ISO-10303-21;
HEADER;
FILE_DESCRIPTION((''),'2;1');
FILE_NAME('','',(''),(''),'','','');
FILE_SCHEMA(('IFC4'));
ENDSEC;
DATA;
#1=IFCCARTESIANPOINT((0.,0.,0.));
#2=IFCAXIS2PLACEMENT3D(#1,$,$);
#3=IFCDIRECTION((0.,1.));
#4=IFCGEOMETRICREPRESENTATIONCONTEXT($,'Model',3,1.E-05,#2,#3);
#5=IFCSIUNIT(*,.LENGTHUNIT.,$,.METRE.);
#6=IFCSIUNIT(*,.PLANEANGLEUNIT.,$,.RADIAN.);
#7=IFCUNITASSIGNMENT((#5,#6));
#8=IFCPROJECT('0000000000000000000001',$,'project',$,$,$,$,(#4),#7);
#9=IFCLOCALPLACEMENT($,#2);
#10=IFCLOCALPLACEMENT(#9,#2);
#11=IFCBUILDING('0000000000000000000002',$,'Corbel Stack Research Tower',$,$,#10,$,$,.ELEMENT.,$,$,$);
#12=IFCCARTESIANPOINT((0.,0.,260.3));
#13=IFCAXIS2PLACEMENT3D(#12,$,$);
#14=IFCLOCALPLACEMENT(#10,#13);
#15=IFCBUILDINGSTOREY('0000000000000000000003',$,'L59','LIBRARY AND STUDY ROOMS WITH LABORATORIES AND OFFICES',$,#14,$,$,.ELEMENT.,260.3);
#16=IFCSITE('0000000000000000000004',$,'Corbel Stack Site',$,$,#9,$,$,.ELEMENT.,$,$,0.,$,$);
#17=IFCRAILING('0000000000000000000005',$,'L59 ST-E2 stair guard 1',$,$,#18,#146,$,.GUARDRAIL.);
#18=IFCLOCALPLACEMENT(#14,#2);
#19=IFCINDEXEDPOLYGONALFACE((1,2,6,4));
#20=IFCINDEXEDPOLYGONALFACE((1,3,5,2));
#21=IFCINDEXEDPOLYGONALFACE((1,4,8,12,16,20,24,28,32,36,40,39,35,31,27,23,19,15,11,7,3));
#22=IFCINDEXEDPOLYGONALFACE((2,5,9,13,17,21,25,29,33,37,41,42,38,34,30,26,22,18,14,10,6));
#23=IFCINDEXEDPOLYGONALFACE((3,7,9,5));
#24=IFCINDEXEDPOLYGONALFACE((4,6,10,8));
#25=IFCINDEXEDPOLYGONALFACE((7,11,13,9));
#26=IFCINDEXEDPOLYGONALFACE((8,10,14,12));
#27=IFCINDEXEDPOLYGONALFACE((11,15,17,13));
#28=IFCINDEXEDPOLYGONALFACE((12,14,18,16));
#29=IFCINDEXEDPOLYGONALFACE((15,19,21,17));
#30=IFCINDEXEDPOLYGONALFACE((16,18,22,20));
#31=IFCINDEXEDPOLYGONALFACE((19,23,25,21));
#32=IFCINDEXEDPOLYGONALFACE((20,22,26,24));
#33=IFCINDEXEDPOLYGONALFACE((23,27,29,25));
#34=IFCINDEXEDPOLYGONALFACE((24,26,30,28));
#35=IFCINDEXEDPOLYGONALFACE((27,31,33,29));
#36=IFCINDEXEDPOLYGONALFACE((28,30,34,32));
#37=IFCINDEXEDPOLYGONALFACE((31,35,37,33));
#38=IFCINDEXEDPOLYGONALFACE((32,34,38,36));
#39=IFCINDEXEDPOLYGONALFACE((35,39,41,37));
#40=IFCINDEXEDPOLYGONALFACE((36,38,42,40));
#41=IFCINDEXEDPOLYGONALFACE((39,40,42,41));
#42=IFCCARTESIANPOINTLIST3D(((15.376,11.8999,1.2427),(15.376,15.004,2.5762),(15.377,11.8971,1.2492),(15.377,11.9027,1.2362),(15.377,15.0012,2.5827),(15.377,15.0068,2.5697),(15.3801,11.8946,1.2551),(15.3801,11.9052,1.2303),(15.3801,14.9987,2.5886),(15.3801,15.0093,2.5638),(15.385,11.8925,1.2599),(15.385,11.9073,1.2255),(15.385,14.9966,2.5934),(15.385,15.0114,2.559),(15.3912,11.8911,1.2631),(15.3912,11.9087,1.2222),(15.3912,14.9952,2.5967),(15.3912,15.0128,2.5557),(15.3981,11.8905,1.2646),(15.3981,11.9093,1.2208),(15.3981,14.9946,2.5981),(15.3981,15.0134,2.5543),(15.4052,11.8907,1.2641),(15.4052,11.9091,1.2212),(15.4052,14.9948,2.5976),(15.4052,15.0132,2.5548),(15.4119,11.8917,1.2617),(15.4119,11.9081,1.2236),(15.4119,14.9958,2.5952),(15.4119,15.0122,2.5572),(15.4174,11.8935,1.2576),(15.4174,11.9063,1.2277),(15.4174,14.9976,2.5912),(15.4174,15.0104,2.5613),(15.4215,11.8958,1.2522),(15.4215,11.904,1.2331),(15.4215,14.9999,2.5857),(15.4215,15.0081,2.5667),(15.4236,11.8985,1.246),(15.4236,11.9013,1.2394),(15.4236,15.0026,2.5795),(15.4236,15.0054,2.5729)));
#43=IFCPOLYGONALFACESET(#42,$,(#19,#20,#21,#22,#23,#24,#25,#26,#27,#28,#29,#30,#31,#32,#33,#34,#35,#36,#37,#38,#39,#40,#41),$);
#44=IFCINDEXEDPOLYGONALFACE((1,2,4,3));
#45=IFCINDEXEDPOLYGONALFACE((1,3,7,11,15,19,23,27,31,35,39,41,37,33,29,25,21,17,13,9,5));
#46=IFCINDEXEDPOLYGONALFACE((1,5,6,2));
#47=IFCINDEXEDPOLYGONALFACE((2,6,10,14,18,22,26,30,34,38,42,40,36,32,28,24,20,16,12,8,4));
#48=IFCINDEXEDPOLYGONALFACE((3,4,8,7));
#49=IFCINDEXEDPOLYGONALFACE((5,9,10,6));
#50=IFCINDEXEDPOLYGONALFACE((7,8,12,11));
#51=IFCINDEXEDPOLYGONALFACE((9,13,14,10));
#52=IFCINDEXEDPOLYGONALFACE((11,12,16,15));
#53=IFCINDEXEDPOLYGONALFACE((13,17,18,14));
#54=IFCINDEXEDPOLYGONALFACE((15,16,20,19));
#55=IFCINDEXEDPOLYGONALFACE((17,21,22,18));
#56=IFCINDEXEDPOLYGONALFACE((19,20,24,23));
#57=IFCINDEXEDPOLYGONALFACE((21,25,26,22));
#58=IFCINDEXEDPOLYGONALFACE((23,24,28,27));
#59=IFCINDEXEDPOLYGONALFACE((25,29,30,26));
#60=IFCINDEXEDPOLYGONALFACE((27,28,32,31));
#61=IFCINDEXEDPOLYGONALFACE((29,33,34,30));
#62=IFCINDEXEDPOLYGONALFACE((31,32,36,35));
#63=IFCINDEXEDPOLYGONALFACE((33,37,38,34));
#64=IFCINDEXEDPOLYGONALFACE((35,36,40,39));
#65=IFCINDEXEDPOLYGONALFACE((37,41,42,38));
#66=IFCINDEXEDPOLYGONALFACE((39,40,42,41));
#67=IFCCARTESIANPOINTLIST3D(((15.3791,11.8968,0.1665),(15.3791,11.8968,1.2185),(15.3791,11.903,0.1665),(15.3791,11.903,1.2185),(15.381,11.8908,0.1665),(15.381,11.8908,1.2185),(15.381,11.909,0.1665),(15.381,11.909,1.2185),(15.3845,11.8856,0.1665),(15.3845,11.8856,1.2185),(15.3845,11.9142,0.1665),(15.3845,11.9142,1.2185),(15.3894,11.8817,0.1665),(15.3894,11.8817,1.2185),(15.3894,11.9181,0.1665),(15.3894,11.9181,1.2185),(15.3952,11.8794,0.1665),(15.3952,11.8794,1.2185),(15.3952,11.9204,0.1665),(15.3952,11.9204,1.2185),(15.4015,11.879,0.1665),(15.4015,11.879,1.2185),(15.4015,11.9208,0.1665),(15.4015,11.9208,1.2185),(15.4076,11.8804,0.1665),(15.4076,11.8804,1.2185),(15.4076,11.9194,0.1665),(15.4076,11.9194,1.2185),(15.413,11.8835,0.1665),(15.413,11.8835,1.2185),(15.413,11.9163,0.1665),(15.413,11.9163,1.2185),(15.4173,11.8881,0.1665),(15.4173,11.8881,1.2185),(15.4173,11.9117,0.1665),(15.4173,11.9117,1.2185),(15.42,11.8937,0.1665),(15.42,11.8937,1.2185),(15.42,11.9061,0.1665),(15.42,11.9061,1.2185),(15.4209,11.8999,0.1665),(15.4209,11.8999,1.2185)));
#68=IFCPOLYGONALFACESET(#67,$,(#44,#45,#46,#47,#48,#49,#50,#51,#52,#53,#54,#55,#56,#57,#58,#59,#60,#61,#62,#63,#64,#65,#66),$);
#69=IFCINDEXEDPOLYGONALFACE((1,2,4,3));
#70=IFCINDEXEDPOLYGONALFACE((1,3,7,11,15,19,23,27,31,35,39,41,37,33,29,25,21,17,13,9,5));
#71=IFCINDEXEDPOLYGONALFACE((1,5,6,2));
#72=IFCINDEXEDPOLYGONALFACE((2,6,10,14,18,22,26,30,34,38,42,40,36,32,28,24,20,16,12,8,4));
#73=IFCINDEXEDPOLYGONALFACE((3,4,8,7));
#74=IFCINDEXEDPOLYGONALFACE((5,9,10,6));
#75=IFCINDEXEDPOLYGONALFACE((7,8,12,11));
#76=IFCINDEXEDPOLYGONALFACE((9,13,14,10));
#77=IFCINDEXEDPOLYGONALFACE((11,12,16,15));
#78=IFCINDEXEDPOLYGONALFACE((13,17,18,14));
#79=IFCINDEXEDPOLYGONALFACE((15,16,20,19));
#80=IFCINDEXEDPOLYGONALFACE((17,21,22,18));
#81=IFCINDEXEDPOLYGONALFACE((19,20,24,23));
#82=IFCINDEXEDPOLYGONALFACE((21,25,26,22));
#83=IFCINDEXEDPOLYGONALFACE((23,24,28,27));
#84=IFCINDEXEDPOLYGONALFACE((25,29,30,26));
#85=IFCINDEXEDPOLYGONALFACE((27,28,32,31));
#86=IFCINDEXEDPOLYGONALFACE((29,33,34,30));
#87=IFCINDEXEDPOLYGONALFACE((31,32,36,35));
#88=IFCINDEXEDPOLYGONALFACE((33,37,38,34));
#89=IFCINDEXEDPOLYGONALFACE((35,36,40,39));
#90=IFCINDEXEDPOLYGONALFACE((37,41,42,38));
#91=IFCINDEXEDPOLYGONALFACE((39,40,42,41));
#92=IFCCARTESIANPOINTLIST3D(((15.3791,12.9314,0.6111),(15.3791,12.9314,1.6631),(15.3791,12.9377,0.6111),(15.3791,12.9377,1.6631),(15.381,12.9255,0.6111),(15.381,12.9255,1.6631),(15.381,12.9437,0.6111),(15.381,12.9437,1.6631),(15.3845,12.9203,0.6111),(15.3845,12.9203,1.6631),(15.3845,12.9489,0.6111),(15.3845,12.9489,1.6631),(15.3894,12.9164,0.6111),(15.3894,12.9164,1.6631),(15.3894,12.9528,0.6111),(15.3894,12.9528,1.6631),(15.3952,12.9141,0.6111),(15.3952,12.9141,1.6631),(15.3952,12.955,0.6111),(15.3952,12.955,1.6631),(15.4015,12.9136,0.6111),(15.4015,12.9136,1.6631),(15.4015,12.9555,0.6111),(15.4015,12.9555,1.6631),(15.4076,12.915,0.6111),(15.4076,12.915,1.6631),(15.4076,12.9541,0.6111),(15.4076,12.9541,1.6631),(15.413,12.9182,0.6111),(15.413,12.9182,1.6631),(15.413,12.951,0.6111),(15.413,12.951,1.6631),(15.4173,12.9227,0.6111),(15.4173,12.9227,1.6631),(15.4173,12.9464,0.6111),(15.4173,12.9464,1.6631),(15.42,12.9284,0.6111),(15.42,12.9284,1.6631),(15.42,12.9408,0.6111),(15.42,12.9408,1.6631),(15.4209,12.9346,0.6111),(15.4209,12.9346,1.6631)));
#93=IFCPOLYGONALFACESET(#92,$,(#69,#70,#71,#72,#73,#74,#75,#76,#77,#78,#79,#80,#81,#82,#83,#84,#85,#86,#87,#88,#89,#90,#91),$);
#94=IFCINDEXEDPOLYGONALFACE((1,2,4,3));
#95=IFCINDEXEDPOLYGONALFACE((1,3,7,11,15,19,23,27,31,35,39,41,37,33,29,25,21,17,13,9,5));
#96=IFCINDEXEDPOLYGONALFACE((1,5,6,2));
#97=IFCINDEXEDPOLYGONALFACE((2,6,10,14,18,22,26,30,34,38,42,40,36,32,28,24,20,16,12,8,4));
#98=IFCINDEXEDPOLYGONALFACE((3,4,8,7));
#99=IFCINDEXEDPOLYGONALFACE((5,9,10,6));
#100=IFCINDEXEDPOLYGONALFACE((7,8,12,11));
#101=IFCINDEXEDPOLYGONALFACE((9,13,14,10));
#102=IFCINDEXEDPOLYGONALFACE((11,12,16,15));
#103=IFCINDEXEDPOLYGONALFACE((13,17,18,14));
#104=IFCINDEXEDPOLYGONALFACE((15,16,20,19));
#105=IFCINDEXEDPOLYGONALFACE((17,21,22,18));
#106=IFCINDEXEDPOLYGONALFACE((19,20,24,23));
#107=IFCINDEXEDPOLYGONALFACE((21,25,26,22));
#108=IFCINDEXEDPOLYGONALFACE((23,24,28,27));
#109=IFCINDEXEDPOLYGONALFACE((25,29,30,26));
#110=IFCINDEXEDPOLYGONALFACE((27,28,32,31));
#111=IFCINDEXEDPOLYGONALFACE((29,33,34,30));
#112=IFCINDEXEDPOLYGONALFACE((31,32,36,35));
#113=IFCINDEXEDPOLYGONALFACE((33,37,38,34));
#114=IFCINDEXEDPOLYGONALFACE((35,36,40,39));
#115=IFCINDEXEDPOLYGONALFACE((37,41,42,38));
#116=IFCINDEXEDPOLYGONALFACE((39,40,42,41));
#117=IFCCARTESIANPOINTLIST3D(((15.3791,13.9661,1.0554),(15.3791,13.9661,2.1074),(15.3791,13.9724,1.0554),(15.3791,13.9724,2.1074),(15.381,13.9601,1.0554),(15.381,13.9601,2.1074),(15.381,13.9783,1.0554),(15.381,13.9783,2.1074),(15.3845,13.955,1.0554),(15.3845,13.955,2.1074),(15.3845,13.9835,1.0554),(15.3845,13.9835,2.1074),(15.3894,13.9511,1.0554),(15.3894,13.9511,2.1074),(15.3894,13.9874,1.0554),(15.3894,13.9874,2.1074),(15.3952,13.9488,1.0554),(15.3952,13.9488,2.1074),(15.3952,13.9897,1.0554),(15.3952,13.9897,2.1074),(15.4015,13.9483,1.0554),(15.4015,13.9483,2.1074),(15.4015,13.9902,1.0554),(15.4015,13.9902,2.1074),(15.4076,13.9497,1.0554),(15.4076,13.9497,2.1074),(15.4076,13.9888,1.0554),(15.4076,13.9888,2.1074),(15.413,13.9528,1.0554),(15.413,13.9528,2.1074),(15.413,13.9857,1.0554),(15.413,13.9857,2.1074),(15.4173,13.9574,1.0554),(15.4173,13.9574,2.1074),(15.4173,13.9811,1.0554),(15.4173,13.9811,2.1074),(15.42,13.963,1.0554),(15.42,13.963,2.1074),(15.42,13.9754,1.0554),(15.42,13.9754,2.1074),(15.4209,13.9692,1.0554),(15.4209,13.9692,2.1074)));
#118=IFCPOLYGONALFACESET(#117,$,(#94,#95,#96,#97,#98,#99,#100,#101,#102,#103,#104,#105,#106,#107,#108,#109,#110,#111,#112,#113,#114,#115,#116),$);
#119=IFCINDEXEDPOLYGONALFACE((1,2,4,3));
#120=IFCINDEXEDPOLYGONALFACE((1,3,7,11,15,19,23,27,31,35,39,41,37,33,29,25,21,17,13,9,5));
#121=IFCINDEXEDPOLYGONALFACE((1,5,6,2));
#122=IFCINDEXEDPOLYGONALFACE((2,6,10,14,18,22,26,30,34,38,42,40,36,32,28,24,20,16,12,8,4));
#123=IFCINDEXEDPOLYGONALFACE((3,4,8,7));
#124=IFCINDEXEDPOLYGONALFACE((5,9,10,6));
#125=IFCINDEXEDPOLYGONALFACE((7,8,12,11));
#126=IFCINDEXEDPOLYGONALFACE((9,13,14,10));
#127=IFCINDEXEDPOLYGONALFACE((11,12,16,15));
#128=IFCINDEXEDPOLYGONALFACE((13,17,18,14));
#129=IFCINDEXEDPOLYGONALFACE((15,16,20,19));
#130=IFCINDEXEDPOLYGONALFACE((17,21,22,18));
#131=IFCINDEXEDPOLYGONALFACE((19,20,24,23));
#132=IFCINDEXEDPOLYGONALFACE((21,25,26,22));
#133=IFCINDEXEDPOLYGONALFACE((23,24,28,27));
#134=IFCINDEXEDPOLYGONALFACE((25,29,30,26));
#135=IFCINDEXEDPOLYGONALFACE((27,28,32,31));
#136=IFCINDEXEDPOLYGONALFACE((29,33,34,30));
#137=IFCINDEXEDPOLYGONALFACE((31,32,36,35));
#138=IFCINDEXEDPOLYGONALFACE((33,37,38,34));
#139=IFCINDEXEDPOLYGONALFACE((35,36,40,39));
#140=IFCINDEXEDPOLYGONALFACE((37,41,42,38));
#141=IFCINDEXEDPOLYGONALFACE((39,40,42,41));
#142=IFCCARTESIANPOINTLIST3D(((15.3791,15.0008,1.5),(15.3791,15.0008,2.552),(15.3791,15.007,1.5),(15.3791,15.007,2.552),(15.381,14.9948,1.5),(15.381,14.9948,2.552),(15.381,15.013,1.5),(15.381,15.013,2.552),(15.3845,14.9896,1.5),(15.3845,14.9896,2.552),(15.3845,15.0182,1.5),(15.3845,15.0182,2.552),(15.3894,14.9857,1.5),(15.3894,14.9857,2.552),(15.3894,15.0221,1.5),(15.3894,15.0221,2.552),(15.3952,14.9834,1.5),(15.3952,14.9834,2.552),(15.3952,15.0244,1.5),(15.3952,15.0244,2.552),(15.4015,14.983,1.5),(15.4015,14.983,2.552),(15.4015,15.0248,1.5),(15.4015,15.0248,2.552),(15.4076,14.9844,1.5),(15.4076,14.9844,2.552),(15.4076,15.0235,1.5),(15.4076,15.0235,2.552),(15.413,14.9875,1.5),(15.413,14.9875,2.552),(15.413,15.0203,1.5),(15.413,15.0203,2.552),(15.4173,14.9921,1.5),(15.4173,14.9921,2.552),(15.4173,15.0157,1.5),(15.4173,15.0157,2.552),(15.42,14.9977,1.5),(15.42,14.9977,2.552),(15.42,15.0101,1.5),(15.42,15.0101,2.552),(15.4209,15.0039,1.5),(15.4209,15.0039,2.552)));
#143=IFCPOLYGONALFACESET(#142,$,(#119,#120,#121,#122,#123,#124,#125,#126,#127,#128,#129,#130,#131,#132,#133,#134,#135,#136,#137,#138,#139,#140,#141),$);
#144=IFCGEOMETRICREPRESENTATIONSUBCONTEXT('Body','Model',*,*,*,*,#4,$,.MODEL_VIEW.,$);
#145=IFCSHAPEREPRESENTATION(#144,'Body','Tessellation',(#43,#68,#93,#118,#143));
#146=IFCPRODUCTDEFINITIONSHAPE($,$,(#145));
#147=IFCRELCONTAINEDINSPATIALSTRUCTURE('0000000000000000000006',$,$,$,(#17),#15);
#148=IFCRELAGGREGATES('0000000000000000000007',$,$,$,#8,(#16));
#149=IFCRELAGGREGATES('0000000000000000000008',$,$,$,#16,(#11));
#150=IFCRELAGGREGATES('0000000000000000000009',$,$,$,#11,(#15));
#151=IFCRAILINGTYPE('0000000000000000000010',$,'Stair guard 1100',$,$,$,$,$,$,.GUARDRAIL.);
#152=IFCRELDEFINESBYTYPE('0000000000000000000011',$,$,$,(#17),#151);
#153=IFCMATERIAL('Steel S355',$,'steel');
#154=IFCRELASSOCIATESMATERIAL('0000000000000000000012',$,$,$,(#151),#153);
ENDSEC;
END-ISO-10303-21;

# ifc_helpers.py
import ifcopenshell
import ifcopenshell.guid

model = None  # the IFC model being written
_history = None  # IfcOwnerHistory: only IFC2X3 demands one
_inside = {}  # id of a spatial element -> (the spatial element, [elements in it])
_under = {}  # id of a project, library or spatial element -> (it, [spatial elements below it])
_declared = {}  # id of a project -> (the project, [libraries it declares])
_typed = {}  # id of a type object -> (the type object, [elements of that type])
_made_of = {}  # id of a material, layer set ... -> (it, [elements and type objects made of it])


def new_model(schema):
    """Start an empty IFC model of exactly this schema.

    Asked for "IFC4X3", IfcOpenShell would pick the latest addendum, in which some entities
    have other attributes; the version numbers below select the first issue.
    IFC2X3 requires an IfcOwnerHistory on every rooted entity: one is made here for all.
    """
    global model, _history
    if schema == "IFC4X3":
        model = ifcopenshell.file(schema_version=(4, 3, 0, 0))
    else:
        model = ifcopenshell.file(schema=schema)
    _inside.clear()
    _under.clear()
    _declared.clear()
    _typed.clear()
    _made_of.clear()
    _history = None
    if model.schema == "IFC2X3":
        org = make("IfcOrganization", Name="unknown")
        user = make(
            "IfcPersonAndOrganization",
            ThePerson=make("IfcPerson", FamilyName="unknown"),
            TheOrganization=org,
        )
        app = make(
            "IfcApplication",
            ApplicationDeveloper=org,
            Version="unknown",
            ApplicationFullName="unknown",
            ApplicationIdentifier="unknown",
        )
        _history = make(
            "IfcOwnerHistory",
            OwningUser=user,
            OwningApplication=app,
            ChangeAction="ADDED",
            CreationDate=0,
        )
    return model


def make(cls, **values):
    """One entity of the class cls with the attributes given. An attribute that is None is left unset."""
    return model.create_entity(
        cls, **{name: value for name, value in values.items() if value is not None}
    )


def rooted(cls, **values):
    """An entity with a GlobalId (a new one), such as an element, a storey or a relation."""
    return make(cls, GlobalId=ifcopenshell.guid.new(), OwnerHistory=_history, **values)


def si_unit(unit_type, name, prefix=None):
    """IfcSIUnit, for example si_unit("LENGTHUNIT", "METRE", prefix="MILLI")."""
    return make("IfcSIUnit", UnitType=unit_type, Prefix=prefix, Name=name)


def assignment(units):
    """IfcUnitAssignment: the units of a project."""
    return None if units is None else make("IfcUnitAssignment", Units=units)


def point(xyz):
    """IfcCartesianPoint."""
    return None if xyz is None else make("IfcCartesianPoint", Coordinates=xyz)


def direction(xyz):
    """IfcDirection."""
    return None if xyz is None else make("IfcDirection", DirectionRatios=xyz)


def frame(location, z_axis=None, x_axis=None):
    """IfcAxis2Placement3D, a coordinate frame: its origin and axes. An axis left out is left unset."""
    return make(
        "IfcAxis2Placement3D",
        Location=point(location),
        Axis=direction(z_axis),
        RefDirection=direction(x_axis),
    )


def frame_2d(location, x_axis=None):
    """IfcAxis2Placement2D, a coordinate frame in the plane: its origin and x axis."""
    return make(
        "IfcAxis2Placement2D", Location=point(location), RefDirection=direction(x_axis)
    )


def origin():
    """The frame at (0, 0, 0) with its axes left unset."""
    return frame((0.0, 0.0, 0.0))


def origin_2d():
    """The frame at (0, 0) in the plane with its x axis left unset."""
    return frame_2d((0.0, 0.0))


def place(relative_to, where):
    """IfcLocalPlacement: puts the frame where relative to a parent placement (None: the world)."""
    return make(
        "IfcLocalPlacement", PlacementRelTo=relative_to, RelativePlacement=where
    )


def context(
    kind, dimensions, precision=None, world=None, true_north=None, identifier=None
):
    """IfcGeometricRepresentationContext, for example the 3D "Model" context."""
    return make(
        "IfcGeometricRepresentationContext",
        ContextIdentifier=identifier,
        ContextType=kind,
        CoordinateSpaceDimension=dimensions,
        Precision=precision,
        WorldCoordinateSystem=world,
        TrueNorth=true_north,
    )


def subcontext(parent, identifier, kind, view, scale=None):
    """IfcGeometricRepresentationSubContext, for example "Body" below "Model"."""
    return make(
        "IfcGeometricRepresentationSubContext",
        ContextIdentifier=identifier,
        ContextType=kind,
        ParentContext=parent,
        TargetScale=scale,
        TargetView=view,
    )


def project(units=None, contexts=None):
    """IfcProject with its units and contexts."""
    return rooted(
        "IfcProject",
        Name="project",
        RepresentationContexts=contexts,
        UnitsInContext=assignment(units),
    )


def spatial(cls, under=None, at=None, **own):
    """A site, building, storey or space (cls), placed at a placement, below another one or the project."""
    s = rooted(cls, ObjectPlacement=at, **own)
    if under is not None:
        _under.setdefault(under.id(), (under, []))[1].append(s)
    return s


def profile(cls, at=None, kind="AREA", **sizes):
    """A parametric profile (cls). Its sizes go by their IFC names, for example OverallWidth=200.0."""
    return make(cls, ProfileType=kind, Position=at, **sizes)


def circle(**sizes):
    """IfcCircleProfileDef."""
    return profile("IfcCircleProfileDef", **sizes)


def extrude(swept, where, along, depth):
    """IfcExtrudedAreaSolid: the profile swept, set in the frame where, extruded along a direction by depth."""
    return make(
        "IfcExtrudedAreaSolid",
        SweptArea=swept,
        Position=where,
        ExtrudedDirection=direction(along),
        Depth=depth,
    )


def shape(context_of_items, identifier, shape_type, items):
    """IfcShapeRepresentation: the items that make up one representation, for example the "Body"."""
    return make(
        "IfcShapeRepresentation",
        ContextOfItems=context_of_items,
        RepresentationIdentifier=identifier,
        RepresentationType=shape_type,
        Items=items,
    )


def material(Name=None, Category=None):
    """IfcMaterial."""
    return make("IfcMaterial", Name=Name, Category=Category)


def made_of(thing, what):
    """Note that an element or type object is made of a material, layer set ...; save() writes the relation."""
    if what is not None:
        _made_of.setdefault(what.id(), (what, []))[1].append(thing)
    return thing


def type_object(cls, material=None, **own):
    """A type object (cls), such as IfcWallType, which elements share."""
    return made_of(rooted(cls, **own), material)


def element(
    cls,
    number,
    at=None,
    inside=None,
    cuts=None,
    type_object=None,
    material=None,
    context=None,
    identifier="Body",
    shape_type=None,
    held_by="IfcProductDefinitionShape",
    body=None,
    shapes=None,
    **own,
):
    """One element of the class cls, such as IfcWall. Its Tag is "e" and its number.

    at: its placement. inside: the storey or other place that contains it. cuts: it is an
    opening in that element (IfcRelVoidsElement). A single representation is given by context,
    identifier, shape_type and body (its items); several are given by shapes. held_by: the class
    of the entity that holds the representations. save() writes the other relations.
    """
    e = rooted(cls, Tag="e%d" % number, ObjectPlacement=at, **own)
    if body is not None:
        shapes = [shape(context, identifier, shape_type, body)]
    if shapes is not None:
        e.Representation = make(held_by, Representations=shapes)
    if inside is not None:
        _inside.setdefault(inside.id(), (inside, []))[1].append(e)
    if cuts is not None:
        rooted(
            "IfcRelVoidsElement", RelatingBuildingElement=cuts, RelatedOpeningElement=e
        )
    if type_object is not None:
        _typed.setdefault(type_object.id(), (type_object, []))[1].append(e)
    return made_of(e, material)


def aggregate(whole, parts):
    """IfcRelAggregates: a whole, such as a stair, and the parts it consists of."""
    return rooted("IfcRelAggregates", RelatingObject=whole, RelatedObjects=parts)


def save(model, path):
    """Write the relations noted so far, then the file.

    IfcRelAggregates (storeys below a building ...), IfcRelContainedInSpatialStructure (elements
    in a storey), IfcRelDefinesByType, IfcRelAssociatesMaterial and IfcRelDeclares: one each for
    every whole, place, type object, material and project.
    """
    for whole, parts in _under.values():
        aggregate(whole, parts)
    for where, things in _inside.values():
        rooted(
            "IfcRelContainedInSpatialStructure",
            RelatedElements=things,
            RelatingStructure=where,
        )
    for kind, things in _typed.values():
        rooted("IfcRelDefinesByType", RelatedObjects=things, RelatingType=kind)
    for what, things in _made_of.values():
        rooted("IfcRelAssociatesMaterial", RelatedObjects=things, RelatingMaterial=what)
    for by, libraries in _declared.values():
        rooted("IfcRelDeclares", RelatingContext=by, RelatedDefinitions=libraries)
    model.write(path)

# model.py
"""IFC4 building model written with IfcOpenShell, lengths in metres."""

from ifc_helpers import new_model, si_unit, direction, frame, origin, origin_2d, place, context, subcontext, project, spatial, circle, extrude, material, type_object, element, save


model = new_model("IFC4")

# Units and contexts
model_context = context("Model", 3, precision=1e-05, world=origin(), true_north=direction((0.0, 1.0)))
body_context = subcontext(model_context, "Body", "Model", "MODEL_VIEW")
ifc_project = project(units=[si_unit("LENGTHUNIT", "METRE"), si_unit("PLANEANGLEUNIT", "RADIAN")], contexts=[model_context])

# Site, building, storey
site_placement = place(None, origin())
site = spatial("IfcSite", under=ifc_project, at=site_placement, Name="Corbel Stack Site", CompositionType="ELEMENT", RefElevation=0.0)
building_placement = place(site_placement, origin())
building = spatial("IfcBuilding", under=site, at=building_placement, Name="Corbel Stack Research Tower", CompositionType="ELEMENT")
storey_placement = place(building_placement, frame((0.0, 0.0, 260.3)))
storey = spatial("IfcBuildingStorey", under=building, at=storey_placement, Name="L59", Description="LIBRARY AND STUDY ROOMS WITH LABORATORIES AND OFFICES", CompositionType="ELEMENT", Elevation=260.3)

# Railing
ifc_material_1 = material(Name="Steel S355", Category="steel")
railing_type_1 = type_object("IfcRailingType", Name="Stair guard 1100", PredefinedType="GUARDRAIL", material=ifc_material_1)
railing_1_placement = place(storey_placement, frame((15.3999, 11.8999, 0.1665)))
element("IfcRailing", 1, at=railing_1_placement, inside=storey, type_object=railing_type_1, Name="L59 ST-E2 stair guard 1", PredefinedType="GUARDRAIL", context=body_context, shape_type="SweptSolid", body=[
    extrude(circle(Radius=0.0239, at=origin_2d()), frame((0.0, 0.0, 1.0762), z_axis=(0.0, 0.918801, 0.394722), x_axis=(-1.0, 0.0, 0.0)), (0.0, 0.0, 1.0), 3.3784),
    extrude(circle(Radius=0.021, at=origin_2d()), origin(), (0.0, 0.0, 1.0), 1.052),
    extrude(circle(Radius=0.021, at=origin_2d()), frame((0.0, 1.0347, 0.4446)), (0.0, 0.0, 1.0), 1.052),
    extrude(circle(Radius=0.021, at=origin_2d()), frame((0.0, 2.0693, 0.8889)), (0.0, 0.0, 1.0), 1.052),
    extrude(circle(Radius=0.021, at=origin_2d()), frame((0.0, 3.104, 1.3335)), (0.0, 0.0, 1.0), 1.052),
])

save(model, "model.ifc")
